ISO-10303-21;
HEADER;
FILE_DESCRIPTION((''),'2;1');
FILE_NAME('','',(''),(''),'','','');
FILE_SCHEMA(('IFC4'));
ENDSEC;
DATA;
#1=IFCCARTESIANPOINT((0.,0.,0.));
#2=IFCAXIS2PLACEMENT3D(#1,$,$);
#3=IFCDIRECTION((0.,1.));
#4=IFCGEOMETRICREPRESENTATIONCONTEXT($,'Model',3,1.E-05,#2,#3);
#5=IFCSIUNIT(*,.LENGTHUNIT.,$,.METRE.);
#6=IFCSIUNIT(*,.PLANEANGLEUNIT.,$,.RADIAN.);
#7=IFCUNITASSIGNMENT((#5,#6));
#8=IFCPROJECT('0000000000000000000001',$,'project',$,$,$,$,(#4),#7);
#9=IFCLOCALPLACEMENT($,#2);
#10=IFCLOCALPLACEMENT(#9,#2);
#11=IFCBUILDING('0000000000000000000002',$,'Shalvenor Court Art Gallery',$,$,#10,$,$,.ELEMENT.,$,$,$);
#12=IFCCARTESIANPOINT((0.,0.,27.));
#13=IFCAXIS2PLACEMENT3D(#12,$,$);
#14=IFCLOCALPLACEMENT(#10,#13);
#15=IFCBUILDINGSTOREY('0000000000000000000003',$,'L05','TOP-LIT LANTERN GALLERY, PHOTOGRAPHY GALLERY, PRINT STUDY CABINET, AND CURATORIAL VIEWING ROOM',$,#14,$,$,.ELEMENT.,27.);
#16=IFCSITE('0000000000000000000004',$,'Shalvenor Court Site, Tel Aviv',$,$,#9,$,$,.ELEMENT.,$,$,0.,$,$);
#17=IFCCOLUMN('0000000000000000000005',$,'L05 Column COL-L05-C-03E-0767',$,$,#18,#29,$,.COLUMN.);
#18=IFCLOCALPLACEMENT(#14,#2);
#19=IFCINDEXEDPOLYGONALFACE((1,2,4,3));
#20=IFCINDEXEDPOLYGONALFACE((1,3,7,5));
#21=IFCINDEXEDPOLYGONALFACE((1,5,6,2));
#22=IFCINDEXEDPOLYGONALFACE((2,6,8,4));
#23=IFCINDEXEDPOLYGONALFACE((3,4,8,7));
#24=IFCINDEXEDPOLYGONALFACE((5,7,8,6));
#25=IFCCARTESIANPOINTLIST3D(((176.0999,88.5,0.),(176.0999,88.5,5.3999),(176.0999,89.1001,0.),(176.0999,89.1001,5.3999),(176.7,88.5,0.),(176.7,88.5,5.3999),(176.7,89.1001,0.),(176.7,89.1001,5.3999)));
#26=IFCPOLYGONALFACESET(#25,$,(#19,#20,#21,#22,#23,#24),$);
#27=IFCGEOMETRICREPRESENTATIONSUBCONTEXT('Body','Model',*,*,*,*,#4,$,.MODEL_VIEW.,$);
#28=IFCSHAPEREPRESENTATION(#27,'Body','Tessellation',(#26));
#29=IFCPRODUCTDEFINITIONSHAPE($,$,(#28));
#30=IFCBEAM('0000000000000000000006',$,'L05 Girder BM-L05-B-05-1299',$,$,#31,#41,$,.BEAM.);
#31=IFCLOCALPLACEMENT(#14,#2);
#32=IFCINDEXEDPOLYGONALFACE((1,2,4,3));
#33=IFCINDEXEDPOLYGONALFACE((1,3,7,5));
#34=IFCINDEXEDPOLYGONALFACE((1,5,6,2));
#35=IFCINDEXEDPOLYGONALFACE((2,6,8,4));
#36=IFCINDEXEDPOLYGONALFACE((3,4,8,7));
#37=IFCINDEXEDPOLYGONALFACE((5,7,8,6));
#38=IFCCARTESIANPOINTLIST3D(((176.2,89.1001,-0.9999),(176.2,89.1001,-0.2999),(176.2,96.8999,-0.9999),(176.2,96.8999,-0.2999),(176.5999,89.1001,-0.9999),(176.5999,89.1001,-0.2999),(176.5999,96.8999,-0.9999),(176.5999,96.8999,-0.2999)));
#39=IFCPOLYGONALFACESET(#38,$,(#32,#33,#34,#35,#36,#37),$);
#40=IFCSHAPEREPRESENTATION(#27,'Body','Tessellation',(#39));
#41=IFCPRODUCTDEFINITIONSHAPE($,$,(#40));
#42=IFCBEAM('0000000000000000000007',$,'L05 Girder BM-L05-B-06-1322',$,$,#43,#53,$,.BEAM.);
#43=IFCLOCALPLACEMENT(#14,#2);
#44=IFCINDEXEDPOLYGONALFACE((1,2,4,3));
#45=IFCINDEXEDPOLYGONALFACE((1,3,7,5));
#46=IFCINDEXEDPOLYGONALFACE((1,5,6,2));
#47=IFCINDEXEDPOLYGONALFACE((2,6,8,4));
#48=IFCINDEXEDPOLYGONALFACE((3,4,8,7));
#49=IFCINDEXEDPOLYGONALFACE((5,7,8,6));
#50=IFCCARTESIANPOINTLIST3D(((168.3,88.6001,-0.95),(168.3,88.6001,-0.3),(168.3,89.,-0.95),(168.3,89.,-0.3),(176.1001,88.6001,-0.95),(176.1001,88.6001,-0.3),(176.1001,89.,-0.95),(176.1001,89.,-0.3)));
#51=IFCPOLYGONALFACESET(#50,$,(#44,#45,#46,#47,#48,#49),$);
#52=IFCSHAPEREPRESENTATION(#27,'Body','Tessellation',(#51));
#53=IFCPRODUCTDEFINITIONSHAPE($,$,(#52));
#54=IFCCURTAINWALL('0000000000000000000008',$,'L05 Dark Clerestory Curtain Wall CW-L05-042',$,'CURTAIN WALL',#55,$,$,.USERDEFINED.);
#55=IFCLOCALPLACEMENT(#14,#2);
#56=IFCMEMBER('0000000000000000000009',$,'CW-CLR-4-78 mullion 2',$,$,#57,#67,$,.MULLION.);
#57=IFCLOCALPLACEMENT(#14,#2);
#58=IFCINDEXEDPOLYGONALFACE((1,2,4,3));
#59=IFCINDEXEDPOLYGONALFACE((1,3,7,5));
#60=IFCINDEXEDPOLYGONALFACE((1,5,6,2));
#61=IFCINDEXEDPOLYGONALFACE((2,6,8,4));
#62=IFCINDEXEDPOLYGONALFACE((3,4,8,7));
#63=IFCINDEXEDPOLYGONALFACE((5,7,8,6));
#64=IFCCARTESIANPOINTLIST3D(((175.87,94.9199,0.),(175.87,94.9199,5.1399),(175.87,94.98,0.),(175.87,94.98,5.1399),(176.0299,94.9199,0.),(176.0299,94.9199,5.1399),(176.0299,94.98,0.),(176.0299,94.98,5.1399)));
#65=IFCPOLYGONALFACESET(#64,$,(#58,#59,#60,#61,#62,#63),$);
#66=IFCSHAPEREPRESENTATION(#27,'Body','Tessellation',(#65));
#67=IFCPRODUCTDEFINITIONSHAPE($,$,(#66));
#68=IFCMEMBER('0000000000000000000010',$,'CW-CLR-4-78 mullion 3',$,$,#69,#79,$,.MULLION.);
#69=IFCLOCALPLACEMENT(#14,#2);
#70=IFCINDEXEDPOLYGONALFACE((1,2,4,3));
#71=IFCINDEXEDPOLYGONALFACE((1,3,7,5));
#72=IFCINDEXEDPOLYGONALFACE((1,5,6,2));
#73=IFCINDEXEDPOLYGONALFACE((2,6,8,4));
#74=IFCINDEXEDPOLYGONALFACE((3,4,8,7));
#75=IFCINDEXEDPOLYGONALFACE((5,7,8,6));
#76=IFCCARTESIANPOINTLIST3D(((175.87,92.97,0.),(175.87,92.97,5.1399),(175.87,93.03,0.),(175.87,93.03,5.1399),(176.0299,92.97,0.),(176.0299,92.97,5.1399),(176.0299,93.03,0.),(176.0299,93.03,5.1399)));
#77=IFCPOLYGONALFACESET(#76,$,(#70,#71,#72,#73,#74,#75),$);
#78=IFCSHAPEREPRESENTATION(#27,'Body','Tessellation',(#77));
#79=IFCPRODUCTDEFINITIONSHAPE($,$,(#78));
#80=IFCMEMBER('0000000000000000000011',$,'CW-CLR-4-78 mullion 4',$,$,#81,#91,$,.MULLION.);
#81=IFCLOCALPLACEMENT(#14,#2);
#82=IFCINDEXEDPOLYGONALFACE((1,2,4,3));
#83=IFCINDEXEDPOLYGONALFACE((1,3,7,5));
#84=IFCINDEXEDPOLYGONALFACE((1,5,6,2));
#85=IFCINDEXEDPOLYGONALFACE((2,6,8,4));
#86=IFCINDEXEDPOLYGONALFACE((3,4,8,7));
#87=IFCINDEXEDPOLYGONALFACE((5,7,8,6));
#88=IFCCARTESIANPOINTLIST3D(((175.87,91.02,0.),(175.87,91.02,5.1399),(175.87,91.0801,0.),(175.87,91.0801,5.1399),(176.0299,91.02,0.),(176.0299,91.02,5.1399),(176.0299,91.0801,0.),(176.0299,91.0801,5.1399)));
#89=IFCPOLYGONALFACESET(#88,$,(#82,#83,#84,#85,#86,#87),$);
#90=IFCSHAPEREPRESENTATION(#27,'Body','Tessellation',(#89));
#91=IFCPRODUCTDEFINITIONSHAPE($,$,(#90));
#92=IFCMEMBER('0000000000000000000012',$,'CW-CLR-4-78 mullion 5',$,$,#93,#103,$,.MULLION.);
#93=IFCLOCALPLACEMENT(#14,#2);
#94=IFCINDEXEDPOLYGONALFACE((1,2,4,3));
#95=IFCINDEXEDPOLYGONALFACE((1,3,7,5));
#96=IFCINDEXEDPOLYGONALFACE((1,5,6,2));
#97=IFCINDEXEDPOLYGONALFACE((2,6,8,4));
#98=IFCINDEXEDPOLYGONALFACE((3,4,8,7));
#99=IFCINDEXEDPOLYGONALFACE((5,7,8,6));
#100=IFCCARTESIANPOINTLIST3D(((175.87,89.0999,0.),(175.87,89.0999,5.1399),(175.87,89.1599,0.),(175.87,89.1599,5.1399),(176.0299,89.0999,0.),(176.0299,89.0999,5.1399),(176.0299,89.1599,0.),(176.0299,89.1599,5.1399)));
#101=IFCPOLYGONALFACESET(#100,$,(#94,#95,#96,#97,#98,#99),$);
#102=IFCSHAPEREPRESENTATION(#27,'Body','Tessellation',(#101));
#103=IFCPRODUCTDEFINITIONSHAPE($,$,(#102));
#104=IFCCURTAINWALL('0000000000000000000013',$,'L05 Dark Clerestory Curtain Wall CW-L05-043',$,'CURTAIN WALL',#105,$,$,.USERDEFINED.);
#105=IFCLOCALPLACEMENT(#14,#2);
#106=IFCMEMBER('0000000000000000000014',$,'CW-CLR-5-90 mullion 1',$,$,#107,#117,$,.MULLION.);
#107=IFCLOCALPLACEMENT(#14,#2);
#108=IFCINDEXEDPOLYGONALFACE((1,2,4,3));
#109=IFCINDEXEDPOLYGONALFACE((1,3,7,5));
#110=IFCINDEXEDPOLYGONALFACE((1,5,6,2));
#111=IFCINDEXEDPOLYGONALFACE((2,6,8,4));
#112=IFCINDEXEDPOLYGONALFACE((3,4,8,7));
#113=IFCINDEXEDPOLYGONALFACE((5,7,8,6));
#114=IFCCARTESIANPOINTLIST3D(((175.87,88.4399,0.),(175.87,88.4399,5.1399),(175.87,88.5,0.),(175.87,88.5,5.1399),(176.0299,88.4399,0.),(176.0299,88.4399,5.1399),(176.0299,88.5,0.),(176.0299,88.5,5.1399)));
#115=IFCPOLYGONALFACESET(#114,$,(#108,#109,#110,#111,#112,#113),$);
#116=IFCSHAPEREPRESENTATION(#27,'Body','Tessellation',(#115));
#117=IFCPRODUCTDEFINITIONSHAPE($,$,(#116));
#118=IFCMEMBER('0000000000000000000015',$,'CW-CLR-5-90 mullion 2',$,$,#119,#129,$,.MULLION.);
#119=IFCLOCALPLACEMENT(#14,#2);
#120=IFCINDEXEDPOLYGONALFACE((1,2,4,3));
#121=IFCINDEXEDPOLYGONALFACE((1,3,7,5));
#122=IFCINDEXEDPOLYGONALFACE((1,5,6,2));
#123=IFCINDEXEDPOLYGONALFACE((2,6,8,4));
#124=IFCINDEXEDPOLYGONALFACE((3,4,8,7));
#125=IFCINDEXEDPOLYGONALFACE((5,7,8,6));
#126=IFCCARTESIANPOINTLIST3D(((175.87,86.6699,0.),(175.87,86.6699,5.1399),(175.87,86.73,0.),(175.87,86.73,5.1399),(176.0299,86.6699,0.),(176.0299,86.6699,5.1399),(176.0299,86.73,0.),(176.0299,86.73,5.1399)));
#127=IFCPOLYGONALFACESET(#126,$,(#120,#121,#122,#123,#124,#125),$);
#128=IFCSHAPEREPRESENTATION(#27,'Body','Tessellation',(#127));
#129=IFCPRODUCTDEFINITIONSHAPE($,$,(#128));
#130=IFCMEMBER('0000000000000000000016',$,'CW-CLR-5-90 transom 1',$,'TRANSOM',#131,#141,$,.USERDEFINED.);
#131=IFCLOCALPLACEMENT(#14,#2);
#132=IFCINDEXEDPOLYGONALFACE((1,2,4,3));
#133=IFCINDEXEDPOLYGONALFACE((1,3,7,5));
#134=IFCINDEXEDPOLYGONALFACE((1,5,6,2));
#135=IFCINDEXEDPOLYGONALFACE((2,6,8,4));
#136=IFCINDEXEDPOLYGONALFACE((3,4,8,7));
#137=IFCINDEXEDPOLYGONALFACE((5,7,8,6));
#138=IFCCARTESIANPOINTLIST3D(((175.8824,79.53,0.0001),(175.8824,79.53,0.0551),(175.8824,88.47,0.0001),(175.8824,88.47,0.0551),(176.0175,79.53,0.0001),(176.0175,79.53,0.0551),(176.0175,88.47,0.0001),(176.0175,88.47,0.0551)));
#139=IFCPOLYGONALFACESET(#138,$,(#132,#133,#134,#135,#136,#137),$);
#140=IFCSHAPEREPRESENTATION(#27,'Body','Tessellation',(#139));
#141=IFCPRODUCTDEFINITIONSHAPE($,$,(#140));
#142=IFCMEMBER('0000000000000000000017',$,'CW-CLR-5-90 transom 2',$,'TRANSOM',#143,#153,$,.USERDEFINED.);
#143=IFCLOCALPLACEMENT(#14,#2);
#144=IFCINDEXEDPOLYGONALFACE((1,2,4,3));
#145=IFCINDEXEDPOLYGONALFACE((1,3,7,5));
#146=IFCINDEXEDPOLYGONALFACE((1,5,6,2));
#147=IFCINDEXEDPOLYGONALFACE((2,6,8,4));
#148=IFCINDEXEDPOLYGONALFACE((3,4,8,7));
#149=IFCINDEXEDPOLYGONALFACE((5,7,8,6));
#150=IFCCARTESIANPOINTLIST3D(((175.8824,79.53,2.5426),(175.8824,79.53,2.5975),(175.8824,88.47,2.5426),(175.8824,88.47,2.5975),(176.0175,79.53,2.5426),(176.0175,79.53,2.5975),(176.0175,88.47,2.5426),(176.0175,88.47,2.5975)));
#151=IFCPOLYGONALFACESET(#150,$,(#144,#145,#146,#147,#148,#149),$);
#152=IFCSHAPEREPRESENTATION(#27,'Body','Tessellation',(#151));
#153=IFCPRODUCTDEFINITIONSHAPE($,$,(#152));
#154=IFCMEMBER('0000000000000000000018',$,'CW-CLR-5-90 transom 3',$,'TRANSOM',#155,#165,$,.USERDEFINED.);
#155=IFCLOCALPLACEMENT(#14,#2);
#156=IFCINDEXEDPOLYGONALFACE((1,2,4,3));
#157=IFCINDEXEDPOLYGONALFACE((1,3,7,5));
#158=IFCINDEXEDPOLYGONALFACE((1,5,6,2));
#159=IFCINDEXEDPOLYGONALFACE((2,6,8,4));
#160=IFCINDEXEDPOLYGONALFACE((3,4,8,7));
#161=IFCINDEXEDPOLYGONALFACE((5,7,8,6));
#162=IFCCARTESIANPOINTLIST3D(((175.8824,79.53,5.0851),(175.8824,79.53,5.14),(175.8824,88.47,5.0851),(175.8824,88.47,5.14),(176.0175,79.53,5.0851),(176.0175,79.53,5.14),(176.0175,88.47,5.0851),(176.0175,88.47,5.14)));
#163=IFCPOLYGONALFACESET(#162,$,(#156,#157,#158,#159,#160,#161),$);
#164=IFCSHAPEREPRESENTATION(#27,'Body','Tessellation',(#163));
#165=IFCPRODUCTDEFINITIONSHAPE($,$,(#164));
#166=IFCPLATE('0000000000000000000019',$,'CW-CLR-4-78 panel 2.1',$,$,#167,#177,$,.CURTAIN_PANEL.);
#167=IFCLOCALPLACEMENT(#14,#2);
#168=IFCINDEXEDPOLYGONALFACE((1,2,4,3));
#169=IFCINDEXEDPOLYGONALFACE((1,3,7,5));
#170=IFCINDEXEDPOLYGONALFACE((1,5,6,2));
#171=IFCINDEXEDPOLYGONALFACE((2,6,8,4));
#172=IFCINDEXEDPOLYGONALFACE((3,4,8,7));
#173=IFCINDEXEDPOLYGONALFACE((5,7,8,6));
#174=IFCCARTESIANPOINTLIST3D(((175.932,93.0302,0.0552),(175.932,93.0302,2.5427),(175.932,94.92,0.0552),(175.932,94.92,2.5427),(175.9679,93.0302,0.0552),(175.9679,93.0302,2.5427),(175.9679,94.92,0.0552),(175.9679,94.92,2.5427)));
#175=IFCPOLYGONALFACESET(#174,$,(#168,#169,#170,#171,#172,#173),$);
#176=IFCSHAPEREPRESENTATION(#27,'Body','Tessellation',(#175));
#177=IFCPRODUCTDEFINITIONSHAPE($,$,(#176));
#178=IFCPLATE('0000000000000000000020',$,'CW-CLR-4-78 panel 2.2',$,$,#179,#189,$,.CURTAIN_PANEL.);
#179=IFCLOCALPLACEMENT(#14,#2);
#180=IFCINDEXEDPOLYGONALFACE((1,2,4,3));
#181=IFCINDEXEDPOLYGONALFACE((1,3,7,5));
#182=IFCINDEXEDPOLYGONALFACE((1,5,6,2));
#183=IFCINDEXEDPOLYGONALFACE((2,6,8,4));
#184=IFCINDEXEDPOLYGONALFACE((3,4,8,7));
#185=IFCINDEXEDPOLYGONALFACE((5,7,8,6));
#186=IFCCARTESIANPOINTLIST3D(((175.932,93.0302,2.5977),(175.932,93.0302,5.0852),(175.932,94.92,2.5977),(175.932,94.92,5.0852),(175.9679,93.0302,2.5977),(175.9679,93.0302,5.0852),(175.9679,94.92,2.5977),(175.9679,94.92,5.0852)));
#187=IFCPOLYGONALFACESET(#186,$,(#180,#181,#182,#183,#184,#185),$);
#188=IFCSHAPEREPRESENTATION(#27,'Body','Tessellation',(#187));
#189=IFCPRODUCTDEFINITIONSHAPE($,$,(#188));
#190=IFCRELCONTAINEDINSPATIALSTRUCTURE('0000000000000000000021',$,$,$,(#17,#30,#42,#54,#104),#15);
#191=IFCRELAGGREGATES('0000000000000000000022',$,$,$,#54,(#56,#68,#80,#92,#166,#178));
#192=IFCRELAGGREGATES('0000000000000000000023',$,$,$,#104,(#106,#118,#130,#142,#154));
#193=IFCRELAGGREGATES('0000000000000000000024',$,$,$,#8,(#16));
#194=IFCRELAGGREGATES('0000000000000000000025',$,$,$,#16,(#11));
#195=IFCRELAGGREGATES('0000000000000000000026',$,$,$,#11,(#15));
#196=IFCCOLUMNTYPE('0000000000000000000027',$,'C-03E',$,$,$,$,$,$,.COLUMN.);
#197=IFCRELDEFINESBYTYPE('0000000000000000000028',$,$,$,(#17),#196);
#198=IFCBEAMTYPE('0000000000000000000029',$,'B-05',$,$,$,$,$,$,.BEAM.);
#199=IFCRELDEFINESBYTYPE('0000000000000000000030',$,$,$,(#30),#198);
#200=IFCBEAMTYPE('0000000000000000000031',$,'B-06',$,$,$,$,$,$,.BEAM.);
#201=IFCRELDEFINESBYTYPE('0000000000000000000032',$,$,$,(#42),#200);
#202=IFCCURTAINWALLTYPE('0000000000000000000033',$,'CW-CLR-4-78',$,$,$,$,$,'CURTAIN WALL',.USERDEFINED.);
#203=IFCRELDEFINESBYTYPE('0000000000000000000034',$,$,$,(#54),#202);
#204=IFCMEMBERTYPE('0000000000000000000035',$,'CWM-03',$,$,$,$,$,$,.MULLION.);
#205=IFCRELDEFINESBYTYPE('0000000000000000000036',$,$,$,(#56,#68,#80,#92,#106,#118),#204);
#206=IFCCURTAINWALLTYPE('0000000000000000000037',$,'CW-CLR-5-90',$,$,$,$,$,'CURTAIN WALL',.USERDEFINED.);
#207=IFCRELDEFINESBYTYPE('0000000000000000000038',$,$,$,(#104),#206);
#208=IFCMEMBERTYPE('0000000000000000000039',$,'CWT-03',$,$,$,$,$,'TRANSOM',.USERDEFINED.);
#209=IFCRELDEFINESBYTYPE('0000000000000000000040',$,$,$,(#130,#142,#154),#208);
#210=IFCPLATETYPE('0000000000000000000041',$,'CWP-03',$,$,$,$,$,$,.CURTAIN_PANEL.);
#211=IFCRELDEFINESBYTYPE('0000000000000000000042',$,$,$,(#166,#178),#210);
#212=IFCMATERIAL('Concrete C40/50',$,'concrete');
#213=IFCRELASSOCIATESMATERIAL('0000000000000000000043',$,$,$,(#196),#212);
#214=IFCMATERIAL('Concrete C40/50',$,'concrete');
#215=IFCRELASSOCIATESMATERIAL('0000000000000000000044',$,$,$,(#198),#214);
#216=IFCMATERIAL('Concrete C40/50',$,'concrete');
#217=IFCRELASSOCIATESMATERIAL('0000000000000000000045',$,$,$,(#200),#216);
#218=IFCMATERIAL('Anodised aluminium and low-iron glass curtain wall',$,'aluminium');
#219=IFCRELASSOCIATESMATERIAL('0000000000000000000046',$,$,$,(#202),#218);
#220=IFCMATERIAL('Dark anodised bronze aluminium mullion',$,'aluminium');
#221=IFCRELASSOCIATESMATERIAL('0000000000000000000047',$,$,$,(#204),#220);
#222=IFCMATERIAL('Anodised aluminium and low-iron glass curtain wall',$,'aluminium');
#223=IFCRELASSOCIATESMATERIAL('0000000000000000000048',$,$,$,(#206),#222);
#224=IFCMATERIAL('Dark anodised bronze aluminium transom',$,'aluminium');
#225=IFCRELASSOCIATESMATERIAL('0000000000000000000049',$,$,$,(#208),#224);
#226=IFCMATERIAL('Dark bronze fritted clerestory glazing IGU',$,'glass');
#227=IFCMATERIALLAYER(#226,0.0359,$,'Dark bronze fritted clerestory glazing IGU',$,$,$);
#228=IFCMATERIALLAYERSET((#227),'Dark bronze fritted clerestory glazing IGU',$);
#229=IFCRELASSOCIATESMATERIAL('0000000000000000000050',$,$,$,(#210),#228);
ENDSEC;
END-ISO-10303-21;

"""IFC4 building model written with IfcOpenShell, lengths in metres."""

from ifc_helpers import new_model, si_unit, direction, frame, origin, origin_2d, place, context, subcontext, project, spatial, rectangle, extrude, material, layer, layer_set, material_profile, profile_set, type_object, element, aggregate, save


model = new_model("IFC4")

# Units and contexts
model_context = context("Model", 3, precision=1e-05, world=origin(), true_north=direction((0.0, 1.0)))
body_context = subcontext(model_context, "Body", "Model", "MODEL_VIEW")
ifc_project = project(units=[si_unit("LENGTHUNIT", "METRE"), si_unit("PLANEANGLEUNIT", "RADIAN")], contexts=[model_context])

# Site, building, storey
site_placement = place(None, origin())
site = spatial("IfcSite", under=ifc_project, at=site_placement, Name="Shalvenor Court Site, Tel Aviv", CompositionType="ELEMENT", RefElevation=0.0)
building_placement = place(site_placement, origin())
building = spatial("IfcBuilding", under=site, at=building_placement, Name="Shalvenor Court Art Gallery", CompositionType="ELEMENT")
storey_placement = place(building_placement, frame((0.0, 0.0, 27.0)))
storey = spatial("IfcBuildingStorey", under=building, at=storey_placement, Name="L05", Description="TOP-LIT LANTERN GALLERY, PHOTOGRAPHY GALLERY, PRINT STUDY CABINET, AND CURATORIAL VIEWING ROOM", CompositionType="ELEMENT", Elevation=27.0)

# Column
ifc_material_1 = material(Name="Concrete C40/50", Category="concrete")
ifc_material_profile_1 = material_profile(ifc_material_1, rectangle(XDim=0.6001, YDim=0.6001, at=origin_2d()), Name="RC 600x600")
ifc_profile_set_1 = profile_set([ifc_material_profile_1], Name="Concrete C40/50")
column_type = type_object("IfcColumnType", Name="C-03E", PredefinedType="COLUMN", material=ifc_profile_set_1)
column_placement = place(storey_placement, frame((176.3999, 88.8, 0.0), z_axis=(0.0, 0.0, 1.0), x_axis=(1.0, 0.0, 0.0)))
element("IfcColumn", 1, at=column_placement, inside=storey, type_object=column_type, Name="L05 Column COL-L05-C-03E-0767", PredefinedType="COLUMN", context=body_context, shape_type="SweptSolid", body=[
    extrude(rectangle(XDim=0.6001, YDim=0.6001, at=origin_2d()), origin(), (0.0, 0.0, 1.0), 5.3999),
])

# Beams
ifc_material_2 = material(Name="Concrete C40/50", Category="concrete")
ifc_material_profile_2 = material_profile(ifc_material_2, rectangle(XDim=0.3999, YDim=0.7, at=origin_2d()), Name="RC 400x700")
ifc_profile_set_2 = profile_set([ifc_material_profile_2], Name="Concrete C40/50")
beam_type_1 = type_object("IfcBeamType", Name="B-05", PredefinedType="BEAM", material=ifc_profile_set_2)
beam_1_placement = place(storey_placement, frame((176.3999, 89.1001, -0.6499), z_axis=(0.0, 1.0, 0.0), x_axis=(-1.0, 0.0, 0.0)))
element("IfcBeam", 2, at=beam_1_placement, inside=storey, type_object=beam_type_1, Name="L05 Girder BM-L05-B-05-1299", PredefinedType="BEAM", context=body_context, shape_type="SweptSolid", body=[
    extrude(rectangle(XDim=0.3999, YDim=0.7, at=origin_2d()), origin(), (0.0, 0.0, 1.0), 7.7998),
])
ifc_material_3 = material(Name="Concrete C40/50", Category="concrete")
ifc_material_profile_3 = material_profile(ifc_material_3, rectangle(XDim=0.3999, YDim=0.6499, at=origin_2d()), Name="RC 400x650")
ifc_profile_set_3 = profile_set([ifc_material_profile_3], Name="Concrete C40/50")
beam_type_2 = type_object("IfcBeamType", Name="B-06", PredefinedType="BEAM", material=ifc_profile_set_3)
beam_2_placement = place(storey_placement, frame((168.3, 88.8, -0.625), z_axis=(1.0, 0.0, 0.0), x_axis=(0.0, 1.0, 0.0)))
element("IfcBeam", 3, at=beam_2_placement, inside=storey, type_object=beam_type_2, Name="L05 Girder BM-L05-B-06-1322", PredefinedType="BEAM", context=body_context, shape_type="SweptSolid", body=[
    extrude(rectangle(XDim=0.3999, YDim=0.6499, at=origin_2d()), origin(), (0.0, 0.0, 1.0), 7.8),
])

# Curtain walls, members
ifc_material_4 = material(Name="Anodised aluminium and low-iron glass curtain wall", Category="aluminium")
curtain_wall_type_1 = type_object("IfcCurtainWallType", Name="CW-CLR-4-78", ElementType="CURTAIN WALL", PredefinedType="USERDEFINED", material=ifc_material_4)
curtain_wall_1_placement = place(storey_placement, origin())
curtain_wall_1 = element("IfcCurtainWall", 4, at=curtain_wall_1_placement, inside=storey, type_object=curtain_wall_type_1, Name="L05 Dark Clerestory Curtain Wall CW-L05-042", ObjectType="CURTAIN WALL", PredefinedType="USERDEFINED")
ifc_material_5 = material(Name="Dark anodised bronze aluminium mullion", Category="aluminium")
ifc_material_profile_4 = material_profile(ifc_material_5, rectangle(XDim=0.0601, YDim=0.1599, at=origin_2d()), Name="CWM-03")
ifc_profile_set_4 = profile_set([ifc_material_profile_4], Name="Dark anodised bronze aluminium mullion")
member_type_1 = type_object("IfcMemberType", Name="CWM-03", PredefinedType="MULLION", material=ifc_profile_set_4)
member_1_placement = place(storey_placement, frame((175.95, 94.95, 0.0), z_axis=(0.0, 0.0, 1.0), x_axis=(0.0, -1.0, 0.0)))
member_1 = element("IfcMember", 5, at=member_1_placement, type_object=member_type_1, Name="CW-CLR-4-78 mullion 2", PredefinedType="MULLION", context=body_context, shape_type="SweptSolid", body=[
    extrude(rectangle(XDim=0.0601, YDim=0.1599, at=origin_2d()), origin(), (0.0, 0.0, 1.0), 5.1399),
])
member_2_placement = place(storey_placement, frame((175.95, 93.0, 0.0), z_axis=(0.0, 0.0, 1.0), x_axis=(0.0, -1.0, 0.0)))
member_2 = element("IfcMember", 6, at=member_2_placement, type_object=member_type_1, Name="CW-CLR-4-78 mullion 3", PredefinedType="MULLION", context=body_context, shape_type="SweptSolid", body=[
    extrude(rectangle(XDim=0.0601, YDim=0.1599, at=origin_2d()), origin(), (0.0, 0.0, 1.0), 5.1399),
])
member_3_placement = place(storey_placement, frame((175.95, 91.05, 0.0), z_axis=(0.0, 0.0, 1.0), x_axis=(0.0, -1.0, 0.0)))
member_3 = element("IfcMember", 7, at=member_3_placement, type_object=member_type_1, Name="CW-CLR-4-78 mullion 4", PredefinedType="MULLION", context=body_context, shape_type="SweptSolid", body=[
    extrude(rectangle(XDim=0.0601, YDim=0.1599, at=origin_2d()), origin(), (0.0, 0.0, 1.0), 5.1399),
])
member_4_placement = place(storey_placement, frame((175.95, 89.1299, 0.0), z_axis=(0.0, 0.0, 1.0), x_axis=(0.0, -1.0, 0.0)))
member_4 = element("IfcMember", 8, at=member_4_placement, type_object=member_type_1, Name="CW-CLR-4-78 mullion 5", PredefinedType="MULLION", context=body_context, shape_type="SweptSolid", body=[
    extrude(rectangle(XDim=0.0601, YDim=0.1599, at=origin_2d()), origin(), (0.0, 0.0, 1.0), 5.1399),
])
ifc_material_6 = material(Name="Anodised aluminium and low-iron glass curtain wall", Category="aluminium")
curtain_wall_type_2 = type_object("IfcCurtainWallType", Name="CW-CLR-5-90", ElementType="CURTAIN WALL", PredefinedType="USERDEFINED", material=ifc_material_6)
curtain_wall_2_placement = place(storey_placement, origin())
curtain_wall_2 = element("IfcCurtainWall", 9, at=curtain_wall_2_placement, inside=storey, type_object=curtain_wall_type_2, Name="L05 Dark Clerestory Curtain Wall CW-L05-043", ObjectType="CURTAIN WALL", PredefinedType="USERDEFINED")
member_5_placement = place(storey_placement, frame((175.95, 88.47, 0.0), z_axis=(0.0, 0.0, 1.0), x_axis=(0.0, -1.0, 0.0)))
member_5 = element("IfcMember", 10, at=member_5_placement, type_object=member_type_1, Name="CW-CLR-5-90 mullion 1", PredefinedType="MULLION", context=body_context, shape_type="SweptSolid", body=[
    extrude(rectangle(XDim=0.0601, YDim=0.1599, at=origin_2d()), origin(), (0.0, 0.0, 1.0), 5.1399),
])
member_6_placement = place(storey_placement, frame((175.95, 86.7, 0.0), z_axis=(0.0, 0.0, 1.0), x_axis=(0.0, -1.0, 0.0)))
member_6 = element("IfcMember", 11, at=member_6_placement, type_object=member_type_1, Name="CW-CLR-5-90 mullion 2", PredefinedType="MULLION", context=body_context, shape_type="SweptSolid", body=[
    extrude(rectangle(XDim=0.0601, YDim=0.1599, at=origin_2d()), origin(), (0.0, 0.0, 1.0), 5.1399),
])
ifc_material_7 = material(Name="Dark anodised bronze aluminium transom", Category="aluminium")
ifc_material_profile_5 = material_profile(ifc_material_7, rectangle(XDim=0.135, YDim=0.0549, at=origin_2d()), Name="CWT-03")
ifc_profile_set_5 = profile_set([ifc_material_profile_5], Name="Dark anodised bronze aluminium transom")
member_type_2 = type_object("IfcMemberType", Name="CWT-03", ElementType="TRANSOM", PredefinedType="USERDEFINED", material=ifc_profile_set_5)
member_7_placement = place(storey_placement, frame((175.95, 88.47, 0.0276), z_axis=(0.0, -1.0, 0.0), x_axis=(1.0, 0.0, 0.0)))
member_7 = element("IfcMember", 12, at=member_7_placement, type_object=member_type_2, Name="CW-CLR-5-90 transom 1", ObjectType="TRANSOM", PredefinedType="USERDEFINED", context=body_context, shape_type="SweptSolid", body=[
    extrude(rectangle(XDim=0.135, YDim=0.0549, at=origin_2d()), origin(), (0.0, 0.0, 1.0), 8.9399),
])
member_8_placement = place(storey_placement, frame((175.95, 88.47, 2.5701), z_axis=(0.0, -1.0, 0.0), x_axis=(1.0, 0.0, 0.0)))
member_8 = element("IfcMember", 13, at=member_8_placement, type_object=member_type_2, Name="CW-CLR-5-90 transom 2", ObjectType="TRANSOM", PredefinedType="USERDEFINED", context=body_context, shape_type="SweptSolid", body=[
    extrude(rectangle(XDim=0.135, YDim=0.0549, at=origin_2d()), origin(), (0.0, 0.0, 1.0), 8.9399),
])
member_9_placement = place(storey_placement, frame((175.95, 88.47, 5.1125), z_axis=(0.0, -1.0, 0.0), x_axis=(1.0, 0.0, 0.0)))
member_9 = element("IfcMember", 14, at=member_9_placement, type_object=member_type_2, Name="CW-CLR-5-90 transom 3", ObjectType="TRANSOM", PredefinedType="USERDEFINED", context=body_context, shape_type="SweptSolid", body=[
    extrude(rectangle(XDim=0.135, YDim=0.0549, at=origin_2d()), origin(), (0.0, 0.0, 1.0), 8.9399),
])

# Plates
ifc_material_8 = material(Name="Dark bronze fritted clerestory glazing IGU", Category="glass")
ifc_layer_1 = layer(ifc_material_8, 0.0359, Name="Dark bronze fritted clerestory glazing IGU")
ifc_layer_set_1 = layer_set([ifc_layer_1], Name="Dark bronze fritted clerestory glazing IGU")
plate_type = type_object("IfcPlateType", Name="CWP-03", PredefinedType="CURTAIN_PANEL", material=ifc_layer_set_1)
plate_1_placement = place(storey_placement, frame((175.95, 93.9751, 0.0552), z_axis=(0.0, 0.0, 1.0), x_axis=(0.0, -1.0, 0.0)))
plate_1 = element("IfcPlate", 15, at=plate_1_placement, type_object=plate_type, Name="CW-CLR-4-78 panel 2.1", PredefinedType="CURTAIN_PANEL", context=body_context, shape_type="SweptSolid", body=[
    extrude(rectangle(XDim=1.8899, YDim=0.0359, at=origin_2d()), origin(), (0.0, 0.0, 1.0), 2.4875),
])
plate_2_placement = place(storey_placement, frame((175.95, 93.9751, 2.5977), z_axis=(0.0, 0.0, 1.0), x_axis=(0.0, -1.0, 0.0)))
plate_2 = element("IfcPlate", 16, at=plate_2_placement, type_object=plate_type, Name="CW-CLR-4-78 panel 2.2", PredefinedType="CURTAIN_PANEL", context=body_context, shape_type="SweptSolid", body=[
    extrude(rectangle(XDim=1.8899, YDim=0.0359, at=origin_2d()), origin(), (0.0, 0.0, 1.0), 2.4875),
])
aggregate(curtain_wall_1, [member_1, member_2, member_3, member_4, plate_1, plate_2])
aggregate(curtain_wall_2, [member_5, member_6, member_7, member_8, member_9])

save(model, "model.ifc")
